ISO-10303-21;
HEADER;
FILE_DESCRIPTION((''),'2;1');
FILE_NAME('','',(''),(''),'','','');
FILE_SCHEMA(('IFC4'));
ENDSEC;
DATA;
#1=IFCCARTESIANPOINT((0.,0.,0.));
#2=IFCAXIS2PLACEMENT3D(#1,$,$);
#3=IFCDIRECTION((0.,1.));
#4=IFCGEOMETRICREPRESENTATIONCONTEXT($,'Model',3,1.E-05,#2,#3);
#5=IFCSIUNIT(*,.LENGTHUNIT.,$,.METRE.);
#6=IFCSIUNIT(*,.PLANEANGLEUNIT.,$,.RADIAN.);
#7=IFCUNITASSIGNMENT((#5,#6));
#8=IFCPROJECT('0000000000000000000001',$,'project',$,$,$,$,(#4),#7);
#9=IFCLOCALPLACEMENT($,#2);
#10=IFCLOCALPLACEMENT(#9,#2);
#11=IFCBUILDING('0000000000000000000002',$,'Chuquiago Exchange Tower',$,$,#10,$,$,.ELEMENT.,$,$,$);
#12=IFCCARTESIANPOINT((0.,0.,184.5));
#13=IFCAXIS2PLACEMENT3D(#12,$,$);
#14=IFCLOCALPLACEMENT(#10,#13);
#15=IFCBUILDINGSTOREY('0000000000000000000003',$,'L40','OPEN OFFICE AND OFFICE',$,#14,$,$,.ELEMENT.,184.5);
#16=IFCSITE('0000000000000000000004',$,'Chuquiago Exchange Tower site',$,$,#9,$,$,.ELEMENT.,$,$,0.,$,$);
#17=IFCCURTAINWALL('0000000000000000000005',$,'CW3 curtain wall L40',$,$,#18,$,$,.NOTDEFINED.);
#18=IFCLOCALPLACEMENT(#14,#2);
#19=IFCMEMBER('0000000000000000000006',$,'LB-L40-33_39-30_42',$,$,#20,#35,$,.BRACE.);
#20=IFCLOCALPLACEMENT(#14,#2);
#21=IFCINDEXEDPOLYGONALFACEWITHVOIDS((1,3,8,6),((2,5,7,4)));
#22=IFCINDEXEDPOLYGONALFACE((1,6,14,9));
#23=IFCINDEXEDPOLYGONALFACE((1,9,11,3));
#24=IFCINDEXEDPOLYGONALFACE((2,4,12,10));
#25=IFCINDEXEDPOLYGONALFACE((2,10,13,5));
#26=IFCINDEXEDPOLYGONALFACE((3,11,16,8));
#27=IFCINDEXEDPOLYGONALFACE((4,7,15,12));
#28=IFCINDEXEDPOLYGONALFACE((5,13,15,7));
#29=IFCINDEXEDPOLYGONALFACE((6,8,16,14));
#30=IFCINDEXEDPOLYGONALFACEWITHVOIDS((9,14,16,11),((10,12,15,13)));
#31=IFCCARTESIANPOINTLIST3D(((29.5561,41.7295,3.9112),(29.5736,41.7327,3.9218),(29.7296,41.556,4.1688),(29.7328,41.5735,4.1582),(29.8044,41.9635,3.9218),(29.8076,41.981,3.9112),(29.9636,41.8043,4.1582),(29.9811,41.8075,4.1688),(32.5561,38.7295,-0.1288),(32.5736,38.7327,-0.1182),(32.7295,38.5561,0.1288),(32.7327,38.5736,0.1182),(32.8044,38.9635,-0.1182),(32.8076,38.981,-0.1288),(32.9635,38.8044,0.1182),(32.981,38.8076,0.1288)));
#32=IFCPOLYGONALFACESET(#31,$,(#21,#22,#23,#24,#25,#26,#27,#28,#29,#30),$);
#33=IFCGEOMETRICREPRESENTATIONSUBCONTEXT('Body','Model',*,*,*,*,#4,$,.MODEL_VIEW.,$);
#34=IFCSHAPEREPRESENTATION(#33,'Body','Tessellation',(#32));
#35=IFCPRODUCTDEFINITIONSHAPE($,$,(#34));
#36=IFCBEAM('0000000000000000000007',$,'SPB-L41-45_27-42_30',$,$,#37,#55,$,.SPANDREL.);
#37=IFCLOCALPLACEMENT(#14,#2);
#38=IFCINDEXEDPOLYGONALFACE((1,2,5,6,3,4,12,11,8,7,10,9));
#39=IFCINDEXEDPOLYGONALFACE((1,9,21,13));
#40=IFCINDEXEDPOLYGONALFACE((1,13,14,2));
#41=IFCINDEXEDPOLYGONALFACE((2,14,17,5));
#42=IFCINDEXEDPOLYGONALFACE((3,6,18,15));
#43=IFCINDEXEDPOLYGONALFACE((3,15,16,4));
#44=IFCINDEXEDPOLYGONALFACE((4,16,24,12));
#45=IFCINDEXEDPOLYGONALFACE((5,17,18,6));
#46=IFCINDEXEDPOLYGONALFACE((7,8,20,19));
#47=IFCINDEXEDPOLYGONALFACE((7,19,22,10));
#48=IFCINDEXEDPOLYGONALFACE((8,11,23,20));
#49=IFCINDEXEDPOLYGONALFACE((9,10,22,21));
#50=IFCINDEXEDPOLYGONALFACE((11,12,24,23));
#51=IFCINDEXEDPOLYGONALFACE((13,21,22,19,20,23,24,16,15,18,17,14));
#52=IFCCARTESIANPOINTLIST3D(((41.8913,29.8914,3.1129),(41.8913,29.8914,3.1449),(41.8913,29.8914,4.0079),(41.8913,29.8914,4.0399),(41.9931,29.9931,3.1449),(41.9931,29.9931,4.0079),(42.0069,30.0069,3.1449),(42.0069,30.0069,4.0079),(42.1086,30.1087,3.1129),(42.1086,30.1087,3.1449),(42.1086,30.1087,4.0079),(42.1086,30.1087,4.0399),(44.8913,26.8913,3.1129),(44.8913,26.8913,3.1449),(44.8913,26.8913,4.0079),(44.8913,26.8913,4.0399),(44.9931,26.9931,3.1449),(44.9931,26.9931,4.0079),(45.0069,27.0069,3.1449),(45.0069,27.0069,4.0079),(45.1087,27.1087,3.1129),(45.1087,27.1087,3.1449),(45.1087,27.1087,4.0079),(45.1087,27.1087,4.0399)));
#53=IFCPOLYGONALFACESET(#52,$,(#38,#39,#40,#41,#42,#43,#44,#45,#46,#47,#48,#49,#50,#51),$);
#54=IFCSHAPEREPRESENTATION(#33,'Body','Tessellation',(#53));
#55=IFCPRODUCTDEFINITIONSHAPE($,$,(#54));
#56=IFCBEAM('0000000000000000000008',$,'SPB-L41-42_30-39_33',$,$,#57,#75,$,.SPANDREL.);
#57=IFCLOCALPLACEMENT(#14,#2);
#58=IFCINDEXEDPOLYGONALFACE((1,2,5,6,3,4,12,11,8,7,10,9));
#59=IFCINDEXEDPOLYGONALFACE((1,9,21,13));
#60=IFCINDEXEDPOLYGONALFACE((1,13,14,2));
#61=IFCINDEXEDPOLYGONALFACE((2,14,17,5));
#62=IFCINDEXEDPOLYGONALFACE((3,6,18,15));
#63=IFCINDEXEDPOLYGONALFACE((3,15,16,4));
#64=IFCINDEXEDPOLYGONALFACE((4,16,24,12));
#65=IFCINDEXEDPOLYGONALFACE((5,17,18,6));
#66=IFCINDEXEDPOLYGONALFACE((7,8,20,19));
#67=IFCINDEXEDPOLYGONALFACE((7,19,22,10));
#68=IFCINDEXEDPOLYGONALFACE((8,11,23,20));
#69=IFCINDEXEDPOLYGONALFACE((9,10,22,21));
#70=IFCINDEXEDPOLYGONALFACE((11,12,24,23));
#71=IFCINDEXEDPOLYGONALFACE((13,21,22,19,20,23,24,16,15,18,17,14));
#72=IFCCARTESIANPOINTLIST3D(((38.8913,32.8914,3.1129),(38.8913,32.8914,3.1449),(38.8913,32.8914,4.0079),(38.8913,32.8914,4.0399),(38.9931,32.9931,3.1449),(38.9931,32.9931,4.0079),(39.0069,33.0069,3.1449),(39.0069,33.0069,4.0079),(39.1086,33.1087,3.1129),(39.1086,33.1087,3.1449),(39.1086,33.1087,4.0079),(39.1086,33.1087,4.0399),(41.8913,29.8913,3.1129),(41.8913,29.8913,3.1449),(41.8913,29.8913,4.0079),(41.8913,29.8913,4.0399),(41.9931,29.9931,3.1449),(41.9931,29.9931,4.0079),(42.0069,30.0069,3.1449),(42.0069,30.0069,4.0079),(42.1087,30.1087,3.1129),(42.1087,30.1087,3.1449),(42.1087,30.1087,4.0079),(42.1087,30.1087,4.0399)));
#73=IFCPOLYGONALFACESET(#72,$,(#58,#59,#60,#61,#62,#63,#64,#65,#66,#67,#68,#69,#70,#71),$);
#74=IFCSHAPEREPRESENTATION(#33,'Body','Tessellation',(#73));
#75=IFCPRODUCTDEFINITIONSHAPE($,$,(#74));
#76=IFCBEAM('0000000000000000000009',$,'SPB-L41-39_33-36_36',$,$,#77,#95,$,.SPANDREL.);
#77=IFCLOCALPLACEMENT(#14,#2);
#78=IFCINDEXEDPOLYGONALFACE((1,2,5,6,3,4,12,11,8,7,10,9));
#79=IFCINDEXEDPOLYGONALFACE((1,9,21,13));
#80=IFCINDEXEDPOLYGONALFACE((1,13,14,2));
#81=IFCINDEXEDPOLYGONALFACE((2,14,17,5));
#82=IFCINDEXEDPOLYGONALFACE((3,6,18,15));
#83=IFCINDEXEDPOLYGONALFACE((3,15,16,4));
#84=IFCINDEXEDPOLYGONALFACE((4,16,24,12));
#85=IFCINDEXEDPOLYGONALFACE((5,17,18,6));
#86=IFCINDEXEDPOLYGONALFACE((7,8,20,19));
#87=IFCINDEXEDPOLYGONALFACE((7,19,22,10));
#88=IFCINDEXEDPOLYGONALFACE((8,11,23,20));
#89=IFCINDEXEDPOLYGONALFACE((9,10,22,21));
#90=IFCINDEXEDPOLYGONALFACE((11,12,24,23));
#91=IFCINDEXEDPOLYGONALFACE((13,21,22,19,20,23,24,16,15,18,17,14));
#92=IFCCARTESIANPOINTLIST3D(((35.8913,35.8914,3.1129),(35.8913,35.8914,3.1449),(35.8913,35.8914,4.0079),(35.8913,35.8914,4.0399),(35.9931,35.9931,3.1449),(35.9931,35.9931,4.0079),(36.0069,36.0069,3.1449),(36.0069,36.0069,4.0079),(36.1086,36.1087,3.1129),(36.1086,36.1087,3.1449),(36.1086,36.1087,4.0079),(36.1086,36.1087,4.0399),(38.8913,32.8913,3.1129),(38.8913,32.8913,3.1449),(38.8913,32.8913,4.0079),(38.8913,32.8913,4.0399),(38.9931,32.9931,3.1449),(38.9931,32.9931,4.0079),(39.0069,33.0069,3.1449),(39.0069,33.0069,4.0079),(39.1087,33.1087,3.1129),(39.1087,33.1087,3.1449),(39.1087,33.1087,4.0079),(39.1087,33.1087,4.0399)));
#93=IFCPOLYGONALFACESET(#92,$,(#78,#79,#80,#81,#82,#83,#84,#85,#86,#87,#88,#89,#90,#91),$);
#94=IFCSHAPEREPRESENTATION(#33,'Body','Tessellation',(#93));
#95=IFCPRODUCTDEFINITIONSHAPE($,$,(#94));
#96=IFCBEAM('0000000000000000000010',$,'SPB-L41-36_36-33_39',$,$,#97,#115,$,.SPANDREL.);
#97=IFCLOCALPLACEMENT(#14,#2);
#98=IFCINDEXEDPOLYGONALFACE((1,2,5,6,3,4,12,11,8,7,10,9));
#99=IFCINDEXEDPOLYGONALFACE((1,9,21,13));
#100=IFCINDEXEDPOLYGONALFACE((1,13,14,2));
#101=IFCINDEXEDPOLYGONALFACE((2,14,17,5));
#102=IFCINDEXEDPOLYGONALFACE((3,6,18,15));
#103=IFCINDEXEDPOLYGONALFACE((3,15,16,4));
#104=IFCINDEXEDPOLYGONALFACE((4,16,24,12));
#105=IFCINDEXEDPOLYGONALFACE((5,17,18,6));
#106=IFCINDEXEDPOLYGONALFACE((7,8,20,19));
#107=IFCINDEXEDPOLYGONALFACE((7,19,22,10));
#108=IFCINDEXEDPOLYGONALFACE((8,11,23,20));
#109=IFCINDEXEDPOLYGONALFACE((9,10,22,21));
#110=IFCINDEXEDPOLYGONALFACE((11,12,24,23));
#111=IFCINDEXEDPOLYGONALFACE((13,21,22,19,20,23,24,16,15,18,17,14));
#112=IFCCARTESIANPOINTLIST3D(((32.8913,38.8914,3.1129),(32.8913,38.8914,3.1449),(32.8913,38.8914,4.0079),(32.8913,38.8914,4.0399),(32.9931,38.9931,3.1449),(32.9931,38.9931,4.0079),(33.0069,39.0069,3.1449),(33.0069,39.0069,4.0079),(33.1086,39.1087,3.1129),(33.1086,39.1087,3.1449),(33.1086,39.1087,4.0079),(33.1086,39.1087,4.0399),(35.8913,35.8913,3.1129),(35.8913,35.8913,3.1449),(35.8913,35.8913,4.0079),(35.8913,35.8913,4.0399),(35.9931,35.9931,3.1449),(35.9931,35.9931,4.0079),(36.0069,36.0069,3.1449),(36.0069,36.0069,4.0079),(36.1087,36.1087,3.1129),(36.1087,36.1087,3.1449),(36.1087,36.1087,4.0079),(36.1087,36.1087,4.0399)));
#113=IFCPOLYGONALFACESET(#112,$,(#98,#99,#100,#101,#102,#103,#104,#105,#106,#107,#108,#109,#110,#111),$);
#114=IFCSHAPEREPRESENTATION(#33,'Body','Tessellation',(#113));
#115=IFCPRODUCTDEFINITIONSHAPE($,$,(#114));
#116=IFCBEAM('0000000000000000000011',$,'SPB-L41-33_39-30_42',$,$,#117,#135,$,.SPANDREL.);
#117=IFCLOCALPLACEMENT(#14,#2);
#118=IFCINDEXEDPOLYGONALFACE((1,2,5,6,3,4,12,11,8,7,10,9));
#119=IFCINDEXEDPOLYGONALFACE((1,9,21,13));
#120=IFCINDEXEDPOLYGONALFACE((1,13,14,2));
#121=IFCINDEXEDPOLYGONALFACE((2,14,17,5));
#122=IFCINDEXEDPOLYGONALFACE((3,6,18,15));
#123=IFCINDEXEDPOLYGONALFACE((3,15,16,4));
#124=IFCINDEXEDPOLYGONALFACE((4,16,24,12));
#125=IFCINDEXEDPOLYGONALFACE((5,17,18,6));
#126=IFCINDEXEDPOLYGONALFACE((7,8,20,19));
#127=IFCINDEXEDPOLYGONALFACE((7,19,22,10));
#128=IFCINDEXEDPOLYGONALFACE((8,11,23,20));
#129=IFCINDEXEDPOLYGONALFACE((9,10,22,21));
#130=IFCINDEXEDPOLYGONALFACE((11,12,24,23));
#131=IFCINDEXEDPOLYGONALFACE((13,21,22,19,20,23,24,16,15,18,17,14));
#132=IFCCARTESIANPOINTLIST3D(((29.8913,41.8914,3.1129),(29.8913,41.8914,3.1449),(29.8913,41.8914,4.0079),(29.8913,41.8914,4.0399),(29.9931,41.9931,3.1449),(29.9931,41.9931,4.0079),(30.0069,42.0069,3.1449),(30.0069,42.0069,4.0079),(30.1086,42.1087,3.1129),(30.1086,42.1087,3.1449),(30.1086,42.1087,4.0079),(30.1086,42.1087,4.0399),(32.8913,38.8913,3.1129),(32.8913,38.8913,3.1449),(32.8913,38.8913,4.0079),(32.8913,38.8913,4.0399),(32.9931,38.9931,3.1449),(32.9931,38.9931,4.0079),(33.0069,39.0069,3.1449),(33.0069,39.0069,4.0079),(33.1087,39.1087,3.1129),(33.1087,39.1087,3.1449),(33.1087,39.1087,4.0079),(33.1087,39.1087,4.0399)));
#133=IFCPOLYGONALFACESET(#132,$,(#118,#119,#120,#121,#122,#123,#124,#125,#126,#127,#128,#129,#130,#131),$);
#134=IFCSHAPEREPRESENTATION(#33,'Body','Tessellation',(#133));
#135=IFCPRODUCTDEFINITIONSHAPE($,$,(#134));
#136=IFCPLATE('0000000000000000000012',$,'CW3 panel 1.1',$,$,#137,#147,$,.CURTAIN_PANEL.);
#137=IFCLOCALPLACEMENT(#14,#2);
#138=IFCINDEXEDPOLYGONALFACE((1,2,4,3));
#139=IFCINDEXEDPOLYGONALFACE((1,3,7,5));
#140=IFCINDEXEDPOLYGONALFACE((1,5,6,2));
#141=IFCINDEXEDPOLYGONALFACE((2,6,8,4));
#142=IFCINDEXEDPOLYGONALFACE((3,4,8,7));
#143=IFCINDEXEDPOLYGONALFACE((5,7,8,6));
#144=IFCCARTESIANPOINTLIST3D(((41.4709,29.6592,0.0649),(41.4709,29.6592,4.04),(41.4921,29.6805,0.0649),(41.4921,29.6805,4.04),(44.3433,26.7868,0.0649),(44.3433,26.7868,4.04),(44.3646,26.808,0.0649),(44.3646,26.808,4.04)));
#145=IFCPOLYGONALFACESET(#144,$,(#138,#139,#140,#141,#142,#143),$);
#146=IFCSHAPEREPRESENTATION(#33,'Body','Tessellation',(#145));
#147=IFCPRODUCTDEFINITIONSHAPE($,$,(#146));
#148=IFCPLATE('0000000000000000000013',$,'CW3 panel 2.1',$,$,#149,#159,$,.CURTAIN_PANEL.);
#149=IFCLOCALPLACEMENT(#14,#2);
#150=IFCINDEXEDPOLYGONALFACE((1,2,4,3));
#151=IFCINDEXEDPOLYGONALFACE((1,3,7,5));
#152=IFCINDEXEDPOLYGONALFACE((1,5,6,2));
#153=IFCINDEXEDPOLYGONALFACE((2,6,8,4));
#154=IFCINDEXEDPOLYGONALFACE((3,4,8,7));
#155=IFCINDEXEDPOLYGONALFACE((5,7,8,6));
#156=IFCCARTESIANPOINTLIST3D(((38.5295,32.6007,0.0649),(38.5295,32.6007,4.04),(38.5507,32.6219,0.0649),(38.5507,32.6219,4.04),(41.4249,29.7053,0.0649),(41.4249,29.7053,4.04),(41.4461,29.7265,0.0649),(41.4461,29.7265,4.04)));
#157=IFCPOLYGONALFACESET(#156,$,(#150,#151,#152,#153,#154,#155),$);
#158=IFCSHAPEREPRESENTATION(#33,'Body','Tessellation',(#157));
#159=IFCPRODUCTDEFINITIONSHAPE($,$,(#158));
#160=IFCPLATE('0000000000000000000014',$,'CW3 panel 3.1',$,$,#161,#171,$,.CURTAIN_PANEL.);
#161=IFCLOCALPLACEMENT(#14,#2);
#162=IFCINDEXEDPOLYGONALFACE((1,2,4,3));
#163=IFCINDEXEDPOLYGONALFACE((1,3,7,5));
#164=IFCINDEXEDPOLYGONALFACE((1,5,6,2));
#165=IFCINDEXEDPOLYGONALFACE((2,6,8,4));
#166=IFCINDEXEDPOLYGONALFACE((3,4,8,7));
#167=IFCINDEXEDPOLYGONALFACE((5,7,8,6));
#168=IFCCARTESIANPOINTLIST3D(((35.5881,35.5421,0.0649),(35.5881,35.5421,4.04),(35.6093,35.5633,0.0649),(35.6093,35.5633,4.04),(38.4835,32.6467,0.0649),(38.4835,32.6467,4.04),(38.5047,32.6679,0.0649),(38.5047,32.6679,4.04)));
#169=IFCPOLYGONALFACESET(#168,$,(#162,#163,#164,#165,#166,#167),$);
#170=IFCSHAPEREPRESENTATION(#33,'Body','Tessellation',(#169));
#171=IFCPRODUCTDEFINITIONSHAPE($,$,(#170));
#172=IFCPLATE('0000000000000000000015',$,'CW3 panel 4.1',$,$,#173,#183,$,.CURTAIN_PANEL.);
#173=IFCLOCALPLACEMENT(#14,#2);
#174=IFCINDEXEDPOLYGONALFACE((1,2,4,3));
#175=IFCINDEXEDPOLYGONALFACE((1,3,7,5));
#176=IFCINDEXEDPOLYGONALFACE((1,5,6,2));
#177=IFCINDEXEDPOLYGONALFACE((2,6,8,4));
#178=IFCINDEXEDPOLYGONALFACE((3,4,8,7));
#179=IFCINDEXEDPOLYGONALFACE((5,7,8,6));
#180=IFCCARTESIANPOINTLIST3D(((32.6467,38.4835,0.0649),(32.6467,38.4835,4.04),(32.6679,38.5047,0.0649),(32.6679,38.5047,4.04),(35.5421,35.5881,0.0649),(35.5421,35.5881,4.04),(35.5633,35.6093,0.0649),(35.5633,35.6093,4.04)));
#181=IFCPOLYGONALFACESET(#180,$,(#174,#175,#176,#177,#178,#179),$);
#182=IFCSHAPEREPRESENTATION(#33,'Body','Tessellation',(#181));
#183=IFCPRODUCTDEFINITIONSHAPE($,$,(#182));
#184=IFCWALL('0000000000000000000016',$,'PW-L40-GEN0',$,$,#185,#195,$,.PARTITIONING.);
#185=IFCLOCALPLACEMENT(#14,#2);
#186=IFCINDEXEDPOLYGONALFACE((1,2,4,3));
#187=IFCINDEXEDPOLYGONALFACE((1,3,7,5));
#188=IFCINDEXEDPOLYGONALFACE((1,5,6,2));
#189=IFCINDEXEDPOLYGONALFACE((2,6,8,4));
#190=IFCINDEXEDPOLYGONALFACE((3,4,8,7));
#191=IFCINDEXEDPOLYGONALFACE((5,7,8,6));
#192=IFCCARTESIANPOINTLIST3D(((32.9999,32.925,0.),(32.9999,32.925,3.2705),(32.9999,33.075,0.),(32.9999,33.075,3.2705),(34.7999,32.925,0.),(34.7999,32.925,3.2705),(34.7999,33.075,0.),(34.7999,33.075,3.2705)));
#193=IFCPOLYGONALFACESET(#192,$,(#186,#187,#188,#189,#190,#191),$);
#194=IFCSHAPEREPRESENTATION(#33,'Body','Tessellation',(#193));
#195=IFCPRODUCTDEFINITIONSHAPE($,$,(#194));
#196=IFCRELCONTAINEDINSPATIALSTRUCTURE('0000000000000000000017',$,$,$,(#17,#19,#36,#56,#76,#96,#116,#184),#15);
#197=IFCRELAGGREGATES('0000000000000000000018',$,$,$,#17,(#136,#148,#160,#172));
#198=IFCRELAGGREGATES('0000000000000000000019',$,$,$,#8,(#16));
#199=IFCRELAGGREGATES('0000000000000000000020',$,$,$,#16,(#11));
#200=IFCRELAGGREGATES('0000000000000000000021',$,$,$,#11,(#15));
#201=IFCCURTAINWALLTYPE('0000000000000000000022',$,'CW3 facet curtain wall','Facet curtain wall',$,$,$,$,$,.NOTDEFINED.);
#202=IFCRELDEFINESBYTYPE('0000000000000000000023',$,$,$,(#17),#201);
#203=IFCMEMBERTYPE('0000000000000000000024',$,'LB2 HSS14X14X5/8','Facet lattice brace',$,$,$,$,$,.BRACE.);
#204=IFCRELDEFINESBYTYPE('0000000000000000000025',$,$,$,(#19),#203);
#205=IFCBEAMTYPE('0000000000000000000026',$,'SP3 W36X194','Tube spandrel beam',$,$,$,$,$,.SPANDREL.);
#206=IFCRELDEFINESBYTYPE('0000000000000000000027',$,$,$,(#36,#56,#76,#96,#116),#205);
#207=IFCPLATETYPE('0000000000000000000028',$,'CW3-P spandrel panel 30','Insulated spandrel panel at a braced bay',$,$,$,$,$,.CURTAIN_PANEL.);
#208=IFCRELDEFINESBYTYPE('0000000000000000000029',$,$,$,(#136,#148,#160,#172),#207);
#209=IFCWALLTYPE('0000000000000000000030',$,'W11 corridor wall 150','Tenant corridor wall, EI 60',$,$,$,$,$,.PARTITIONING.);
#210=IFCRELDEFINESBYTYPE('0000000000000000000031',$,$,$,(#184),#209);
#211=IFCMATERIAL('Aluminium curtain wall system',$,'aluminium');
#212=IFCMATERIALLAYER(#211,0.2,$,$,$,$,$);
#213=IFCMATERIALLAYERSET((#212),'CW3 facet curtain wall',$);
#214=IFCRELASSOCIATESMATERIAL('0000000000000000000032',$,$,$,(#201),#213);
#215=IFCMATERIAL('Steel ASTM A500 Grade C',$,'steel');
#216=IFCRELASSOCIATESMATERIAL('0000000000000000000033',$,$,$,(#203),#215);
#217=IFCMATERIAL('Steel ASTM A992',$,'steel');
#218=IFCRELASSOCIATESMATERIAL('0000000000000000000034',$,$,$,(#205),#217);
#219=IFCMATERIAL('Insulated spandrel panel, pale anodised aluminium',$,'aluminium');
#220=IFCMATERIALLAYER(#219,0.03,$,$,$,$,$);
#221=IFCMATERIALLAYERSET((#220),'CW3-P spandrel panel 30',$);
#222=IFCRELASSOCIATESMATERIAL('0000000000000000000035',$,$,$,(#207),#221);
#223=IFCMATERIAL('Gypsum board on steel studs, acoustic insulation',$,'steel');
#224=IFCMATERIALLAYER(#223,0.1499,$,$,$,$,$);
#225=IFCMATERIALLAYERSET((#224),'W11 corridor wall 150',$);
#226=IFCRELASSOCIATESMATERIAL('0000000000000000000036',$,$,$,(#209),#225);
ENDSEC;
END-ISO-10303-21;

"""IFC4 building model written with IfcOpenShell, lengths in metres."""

from ifc_helpers import new_model, si_unit, direction, frame, frame_2d, origin, origin_2d, place, context, subcontext, project, spatial, rectangle, hollow_rectangle, i_section, extrude, material, layer, layer_set, material_profile, profile_set, type_object, element, aggregate, save


model = new_model("IFC4")

# Units and contexts
model_context = context("Model", 3, precision=1e-05, world=origin(), true_north=direction((0.0, 1.0)))
body_context = subcontext(model_context, "Body", "Model", "MODEL_VIEW")
ifc_project = project(units=[si_unit("LENGTHUNIT", "METRE"), si_unit("PLANEANGLEUNIT", "RADIAN")], contexts=[model_context])

# Site, building, storey
site_placement = place(None, origin())
site = spatial("IfcSite", under=ifc_project, at=site_placement, Name="Chuquiago Exchange Tower site", CompositionType="ELEMENT", RefElevation=0.0)
building_placement = place(site_placement, origin())
building = spatial("IfcBuilding", under=site, at=building_placement, Name="Chuquiago Exchange Tower", CompositionType="ELEMENT")
storey_placement = place(building_placement, frame((0.0, 0.0, 184.5)))
storey = spatial("IfcBuildingStorey", under=building, at=storey_placement, Name="L40", Description="OPEN OFFICE AND OFFICE", CompositionType="ELEMENT", Elevation=184.5)

# Curtain wall
ifc_material_1 = material(Name="Aluminium curtain wall system", Category="aluminium")
ifc_layer_1 = layer(ifc_material_1, 0.2)
ifc_layer_set_1 = layer_set([ifc_layer_1], Name="CW3 facet curtain wall")
curtain_wall_type = type_object("IfcCurtainWallType", Name="CW3 facet curtain wall", Description="Facet curtain wall", PredefinedType="NOTDEFINED", material=ifc_layer_set_1)
curtain_wall_placement = place(storey_placement, origin())
curtain_wall = element("IfcCurtainWall", 1, at=curtain_wall_placement, inside=storey, type_object=curtain_wall_type, Name="CW3 curtain wall L40", PredefinedType="NOTDEFINED")

# Member
ifc_material_2 = material(Name="Steel ASTM A500 Grade C", Category="steel")
ifc_material_profile_1 = material_profile(ifc_material_2, hollow_rectangle(XDim=0.3557, YDim=0.3557, WallThickness=0.0146, at=origin_2d()), Name="HSS14X14X5/8")
ifc_profile_set_1 = profile_set([ifc_material_profile_1], Name="Steel ASTM A500 Grade C")
member_type_1 = type_object("IfcMemberType", Name="LB2 HSS14X14X5/8", Description="Facet lattice brace", PredefinedType="BRACE", material=ifc_profile_set_1)
for number, where, z_axis, x_axis, name in (
    (2, (32.7686, 38.7686, 0.0), (-0.512077, 0.512077, 0.689604), (-0.707107, -0.707107, 0.0), "LB-L40-33_39-30_42"),
):
    element("IfcMember", number, at=place(storey_placement, frame(where, z_axis=z_axis, x_axis=x_axis)), inside=storey, type_object=member_type_1, Name=name, PredefinedType="BRACE", context=body_context, shape_type="SweptSolid", body=[
        extrude(hollow_rectangle(XDim=0.3557, YDim=0.3557, WallThickness=0.0146, at=origin_2d()), origin(), (0.0, 0.0, 1.0), 5.8584),
    ])

# Beams
ifc_material_3 = material(Name="Steel ASTM A992", Category="steel")
ifc_material_profile_2 = material_profile(ifc_material_3, i_section(OverallWidth=0.3074, OverallDepth=0.927, WebThickness=0.0195, FlangeThickness=0.032, at=origin_2d()), Name="W36X194")
ifc_profile_set_2 = profile_set([ifc_material_profile_2], Name="Steel ASTM A992")
beam_type_1 = type_object("IfcBeamType", Name="SP3 W36X194", Description="Tube spandrel beam", PredefinedType="SPANDREL", material=ifc_profile_set_2)
for number, where, z_axis, x_axis, name in (
    (3, (45.0, 27.0, 3.5764), (-0.707107, 0.707107, 0.0), (-0.707107, -0.707107, 0.0), "SPB-L41-45_27-42_30"),
    (4, (42.0, 30.0, 3.5764), (-0.707107, 0.707107, 0.0), (-0.707107, -0.707107, 0.0), "SPB-L41-42_30-39_33"),
    (5, (39.0, 33.0, 3.5764), (-0.707107, 0.707107, 0.0), (-0.707107, -0.707107, 0.0), "SPB-L41-39_33-36_36"),
    (6, (36.0, 36.0, 3.5764), (-0.707107, 0.707107, 0.0), (-0.707107, -0.707107, 0.0), "SPB-L41-36_36-33_39"),
    (7, (33.0, 39.0, 3.5764), (-0.707107, 0.707107, 0.0), (-0.707107, -0.707107, 0.0), "SPB-L41-33_39-30_42"),
):
    element("IfcBeam", number, at=place(storey_placement, frame(where, z_axis=z_axis, x_axis=x_axis)), inside=storey, type_object=beam_type_1, Name=name, PredefinedType="SPANDREL", context=body_context, shape_type="SweptSolid", body=[
        extrude(i_section(OverallWidth=0.3074, OverallDepth=0.927, WebThickness=0.0195, FlangeThickness=0.032, at=origin_2d()), origin(), (0.0, 0.0, 1.0), 4.2427),
    ])

# Plates
ifc_material_4 = material(Name="Insulated spandrel panel, pale anodised aluminium", Category="aluminium")
ifc_layer_2 = layer(ifc_material_4, 0.03)
ifc_layer_set_2 = layer_set([ifc_layer_2], Name="CW3-P spandrel panel 30")
plate_type = type_object("IfcPlateType", Name="CW3-P spandrel panel 30", Description="Insulated spandrel panel at a braced bay", PredefinedType="CURTAIN_PANEL", material=ifc_layer_set_2)
plate_1_placement = place(storey_placement, frame((42.9177, 28.2336, 0.0649), z_axis=(0.0, 0.0, 1.0), x_axis=(-0.707107, 0.707107, 0.0)))
plate_1 = element("IfcPlate", 8, at=plate_1_placement, type_object=plate_type, Name="CW3 panel 1.1", PredefinedType="CURTAIN_PANEL", context=body_context, shape_type="SweptSolid", body=[
    extrude(rectangle(XDim=4.0623, YDim=0.03, at=origin_2d()), origin(), (0.0, 0.0, 1.0), 3.9751),
])
plate_2_placement = place(storey_placement, frame((39.9878, 31.1636, 0.0649), z_axis=(0.0, 0.0, 1.0), x_axis=(-0.707107, 0.707107, 0.0)))
plate_2 = element("IfcPlate", 9, at=plate_2_placement, type_object=plate_type, Name="CW3 panel 2.1", PredefinedType="CURTAIN_PANEL", context=body_context, shape_type="SweptSolid", body=[
    extrude(rectangle(XDim=4.0947, YDim=0.03, at=origin_2d()), origin(), (0.0, 0.0, 1.0), 3.9751),
])
plate_3_placement = place(storey_placement, frame((37.0464, 34.105, 0.0649), z_axis=(0.0, 0.0, 1.0), x_axis=(-0.707107, 0.707107, 0.0)))
plate_3 = element("IfcPlate", 10, at=plate_3_placement, type_object=plate_type, Name="CW3 panel 3.1", PredefinedType="CURTAIN_PANEL", context=body_context, shape_type="SweptSolid", body=[
    extrude(rectangle(XDim=4.0947, YDim=0.03, at=origin_2d()), origin(), (0.0, 0.0, 1.0), 3.9751),
])
plate_4_placement = place(storey_placement, frame((34.105, 37.0464, 0.0649), z_axis=(0.0, 0.0, 1.0), x_axis=(-0.707107, 0.707107, 0.0)))
plate_4 = element("IfcPlate", 11, at=plate_4_placement, type_object=plate_type, Name="CW3 panel 4.1", PredefinedType="CURTAIN_PANEL", context=body_context, shape_type="SweptSolid", body=[
    extrude(rectangle(XDim=4.0947, YDim=0.03, at=origin_2d()), origin(), (0.0, 0.0, 1.0), 3.9751),
])
aggregate(curtain_wall, [plate_1, plate_2, plate_3, plate_4])

# Wall
ifc_material_5 = material(Name="Gypsum board on steel studs, acoustic insulation", Category="steel")
ifc_layer_3 = layer(ifc_material_5, 0.1499)
ifc_layer_set_3 = layer_set([ifc_layer_3], Name="W11 corridor wall 150")
wall_type_1 = type_object("IfcWallType", Name="W11 corridor wall 150", Description="Tenant corridor wall, EI 60", PredefinedType="PARTITIONING", material=ifc_layer_set_3)
wall_1_placement = place(storey_placement, frame((33.0, 33.0, 0.0), z_axis=(0.0, 0.0, 1.0), x_axis=(1.0, 0.0, 0.0)))
element("IfcWall", 12, at=wall_1_placement, inside=storey, type_object=wall_type_1, Name="PW-L40-GEN0", PredefinedType="PARTITIONING", context=body_context, shape_type="SweptSolid", body=[
    extrude(rectangle(XDim=1.8, YDim=0.1499, at=frame_2d((0.8999, 0.0))), origin(), (0.0, 0.0, 1.0), 3.2705),
])

save(model, "model.ifc")
